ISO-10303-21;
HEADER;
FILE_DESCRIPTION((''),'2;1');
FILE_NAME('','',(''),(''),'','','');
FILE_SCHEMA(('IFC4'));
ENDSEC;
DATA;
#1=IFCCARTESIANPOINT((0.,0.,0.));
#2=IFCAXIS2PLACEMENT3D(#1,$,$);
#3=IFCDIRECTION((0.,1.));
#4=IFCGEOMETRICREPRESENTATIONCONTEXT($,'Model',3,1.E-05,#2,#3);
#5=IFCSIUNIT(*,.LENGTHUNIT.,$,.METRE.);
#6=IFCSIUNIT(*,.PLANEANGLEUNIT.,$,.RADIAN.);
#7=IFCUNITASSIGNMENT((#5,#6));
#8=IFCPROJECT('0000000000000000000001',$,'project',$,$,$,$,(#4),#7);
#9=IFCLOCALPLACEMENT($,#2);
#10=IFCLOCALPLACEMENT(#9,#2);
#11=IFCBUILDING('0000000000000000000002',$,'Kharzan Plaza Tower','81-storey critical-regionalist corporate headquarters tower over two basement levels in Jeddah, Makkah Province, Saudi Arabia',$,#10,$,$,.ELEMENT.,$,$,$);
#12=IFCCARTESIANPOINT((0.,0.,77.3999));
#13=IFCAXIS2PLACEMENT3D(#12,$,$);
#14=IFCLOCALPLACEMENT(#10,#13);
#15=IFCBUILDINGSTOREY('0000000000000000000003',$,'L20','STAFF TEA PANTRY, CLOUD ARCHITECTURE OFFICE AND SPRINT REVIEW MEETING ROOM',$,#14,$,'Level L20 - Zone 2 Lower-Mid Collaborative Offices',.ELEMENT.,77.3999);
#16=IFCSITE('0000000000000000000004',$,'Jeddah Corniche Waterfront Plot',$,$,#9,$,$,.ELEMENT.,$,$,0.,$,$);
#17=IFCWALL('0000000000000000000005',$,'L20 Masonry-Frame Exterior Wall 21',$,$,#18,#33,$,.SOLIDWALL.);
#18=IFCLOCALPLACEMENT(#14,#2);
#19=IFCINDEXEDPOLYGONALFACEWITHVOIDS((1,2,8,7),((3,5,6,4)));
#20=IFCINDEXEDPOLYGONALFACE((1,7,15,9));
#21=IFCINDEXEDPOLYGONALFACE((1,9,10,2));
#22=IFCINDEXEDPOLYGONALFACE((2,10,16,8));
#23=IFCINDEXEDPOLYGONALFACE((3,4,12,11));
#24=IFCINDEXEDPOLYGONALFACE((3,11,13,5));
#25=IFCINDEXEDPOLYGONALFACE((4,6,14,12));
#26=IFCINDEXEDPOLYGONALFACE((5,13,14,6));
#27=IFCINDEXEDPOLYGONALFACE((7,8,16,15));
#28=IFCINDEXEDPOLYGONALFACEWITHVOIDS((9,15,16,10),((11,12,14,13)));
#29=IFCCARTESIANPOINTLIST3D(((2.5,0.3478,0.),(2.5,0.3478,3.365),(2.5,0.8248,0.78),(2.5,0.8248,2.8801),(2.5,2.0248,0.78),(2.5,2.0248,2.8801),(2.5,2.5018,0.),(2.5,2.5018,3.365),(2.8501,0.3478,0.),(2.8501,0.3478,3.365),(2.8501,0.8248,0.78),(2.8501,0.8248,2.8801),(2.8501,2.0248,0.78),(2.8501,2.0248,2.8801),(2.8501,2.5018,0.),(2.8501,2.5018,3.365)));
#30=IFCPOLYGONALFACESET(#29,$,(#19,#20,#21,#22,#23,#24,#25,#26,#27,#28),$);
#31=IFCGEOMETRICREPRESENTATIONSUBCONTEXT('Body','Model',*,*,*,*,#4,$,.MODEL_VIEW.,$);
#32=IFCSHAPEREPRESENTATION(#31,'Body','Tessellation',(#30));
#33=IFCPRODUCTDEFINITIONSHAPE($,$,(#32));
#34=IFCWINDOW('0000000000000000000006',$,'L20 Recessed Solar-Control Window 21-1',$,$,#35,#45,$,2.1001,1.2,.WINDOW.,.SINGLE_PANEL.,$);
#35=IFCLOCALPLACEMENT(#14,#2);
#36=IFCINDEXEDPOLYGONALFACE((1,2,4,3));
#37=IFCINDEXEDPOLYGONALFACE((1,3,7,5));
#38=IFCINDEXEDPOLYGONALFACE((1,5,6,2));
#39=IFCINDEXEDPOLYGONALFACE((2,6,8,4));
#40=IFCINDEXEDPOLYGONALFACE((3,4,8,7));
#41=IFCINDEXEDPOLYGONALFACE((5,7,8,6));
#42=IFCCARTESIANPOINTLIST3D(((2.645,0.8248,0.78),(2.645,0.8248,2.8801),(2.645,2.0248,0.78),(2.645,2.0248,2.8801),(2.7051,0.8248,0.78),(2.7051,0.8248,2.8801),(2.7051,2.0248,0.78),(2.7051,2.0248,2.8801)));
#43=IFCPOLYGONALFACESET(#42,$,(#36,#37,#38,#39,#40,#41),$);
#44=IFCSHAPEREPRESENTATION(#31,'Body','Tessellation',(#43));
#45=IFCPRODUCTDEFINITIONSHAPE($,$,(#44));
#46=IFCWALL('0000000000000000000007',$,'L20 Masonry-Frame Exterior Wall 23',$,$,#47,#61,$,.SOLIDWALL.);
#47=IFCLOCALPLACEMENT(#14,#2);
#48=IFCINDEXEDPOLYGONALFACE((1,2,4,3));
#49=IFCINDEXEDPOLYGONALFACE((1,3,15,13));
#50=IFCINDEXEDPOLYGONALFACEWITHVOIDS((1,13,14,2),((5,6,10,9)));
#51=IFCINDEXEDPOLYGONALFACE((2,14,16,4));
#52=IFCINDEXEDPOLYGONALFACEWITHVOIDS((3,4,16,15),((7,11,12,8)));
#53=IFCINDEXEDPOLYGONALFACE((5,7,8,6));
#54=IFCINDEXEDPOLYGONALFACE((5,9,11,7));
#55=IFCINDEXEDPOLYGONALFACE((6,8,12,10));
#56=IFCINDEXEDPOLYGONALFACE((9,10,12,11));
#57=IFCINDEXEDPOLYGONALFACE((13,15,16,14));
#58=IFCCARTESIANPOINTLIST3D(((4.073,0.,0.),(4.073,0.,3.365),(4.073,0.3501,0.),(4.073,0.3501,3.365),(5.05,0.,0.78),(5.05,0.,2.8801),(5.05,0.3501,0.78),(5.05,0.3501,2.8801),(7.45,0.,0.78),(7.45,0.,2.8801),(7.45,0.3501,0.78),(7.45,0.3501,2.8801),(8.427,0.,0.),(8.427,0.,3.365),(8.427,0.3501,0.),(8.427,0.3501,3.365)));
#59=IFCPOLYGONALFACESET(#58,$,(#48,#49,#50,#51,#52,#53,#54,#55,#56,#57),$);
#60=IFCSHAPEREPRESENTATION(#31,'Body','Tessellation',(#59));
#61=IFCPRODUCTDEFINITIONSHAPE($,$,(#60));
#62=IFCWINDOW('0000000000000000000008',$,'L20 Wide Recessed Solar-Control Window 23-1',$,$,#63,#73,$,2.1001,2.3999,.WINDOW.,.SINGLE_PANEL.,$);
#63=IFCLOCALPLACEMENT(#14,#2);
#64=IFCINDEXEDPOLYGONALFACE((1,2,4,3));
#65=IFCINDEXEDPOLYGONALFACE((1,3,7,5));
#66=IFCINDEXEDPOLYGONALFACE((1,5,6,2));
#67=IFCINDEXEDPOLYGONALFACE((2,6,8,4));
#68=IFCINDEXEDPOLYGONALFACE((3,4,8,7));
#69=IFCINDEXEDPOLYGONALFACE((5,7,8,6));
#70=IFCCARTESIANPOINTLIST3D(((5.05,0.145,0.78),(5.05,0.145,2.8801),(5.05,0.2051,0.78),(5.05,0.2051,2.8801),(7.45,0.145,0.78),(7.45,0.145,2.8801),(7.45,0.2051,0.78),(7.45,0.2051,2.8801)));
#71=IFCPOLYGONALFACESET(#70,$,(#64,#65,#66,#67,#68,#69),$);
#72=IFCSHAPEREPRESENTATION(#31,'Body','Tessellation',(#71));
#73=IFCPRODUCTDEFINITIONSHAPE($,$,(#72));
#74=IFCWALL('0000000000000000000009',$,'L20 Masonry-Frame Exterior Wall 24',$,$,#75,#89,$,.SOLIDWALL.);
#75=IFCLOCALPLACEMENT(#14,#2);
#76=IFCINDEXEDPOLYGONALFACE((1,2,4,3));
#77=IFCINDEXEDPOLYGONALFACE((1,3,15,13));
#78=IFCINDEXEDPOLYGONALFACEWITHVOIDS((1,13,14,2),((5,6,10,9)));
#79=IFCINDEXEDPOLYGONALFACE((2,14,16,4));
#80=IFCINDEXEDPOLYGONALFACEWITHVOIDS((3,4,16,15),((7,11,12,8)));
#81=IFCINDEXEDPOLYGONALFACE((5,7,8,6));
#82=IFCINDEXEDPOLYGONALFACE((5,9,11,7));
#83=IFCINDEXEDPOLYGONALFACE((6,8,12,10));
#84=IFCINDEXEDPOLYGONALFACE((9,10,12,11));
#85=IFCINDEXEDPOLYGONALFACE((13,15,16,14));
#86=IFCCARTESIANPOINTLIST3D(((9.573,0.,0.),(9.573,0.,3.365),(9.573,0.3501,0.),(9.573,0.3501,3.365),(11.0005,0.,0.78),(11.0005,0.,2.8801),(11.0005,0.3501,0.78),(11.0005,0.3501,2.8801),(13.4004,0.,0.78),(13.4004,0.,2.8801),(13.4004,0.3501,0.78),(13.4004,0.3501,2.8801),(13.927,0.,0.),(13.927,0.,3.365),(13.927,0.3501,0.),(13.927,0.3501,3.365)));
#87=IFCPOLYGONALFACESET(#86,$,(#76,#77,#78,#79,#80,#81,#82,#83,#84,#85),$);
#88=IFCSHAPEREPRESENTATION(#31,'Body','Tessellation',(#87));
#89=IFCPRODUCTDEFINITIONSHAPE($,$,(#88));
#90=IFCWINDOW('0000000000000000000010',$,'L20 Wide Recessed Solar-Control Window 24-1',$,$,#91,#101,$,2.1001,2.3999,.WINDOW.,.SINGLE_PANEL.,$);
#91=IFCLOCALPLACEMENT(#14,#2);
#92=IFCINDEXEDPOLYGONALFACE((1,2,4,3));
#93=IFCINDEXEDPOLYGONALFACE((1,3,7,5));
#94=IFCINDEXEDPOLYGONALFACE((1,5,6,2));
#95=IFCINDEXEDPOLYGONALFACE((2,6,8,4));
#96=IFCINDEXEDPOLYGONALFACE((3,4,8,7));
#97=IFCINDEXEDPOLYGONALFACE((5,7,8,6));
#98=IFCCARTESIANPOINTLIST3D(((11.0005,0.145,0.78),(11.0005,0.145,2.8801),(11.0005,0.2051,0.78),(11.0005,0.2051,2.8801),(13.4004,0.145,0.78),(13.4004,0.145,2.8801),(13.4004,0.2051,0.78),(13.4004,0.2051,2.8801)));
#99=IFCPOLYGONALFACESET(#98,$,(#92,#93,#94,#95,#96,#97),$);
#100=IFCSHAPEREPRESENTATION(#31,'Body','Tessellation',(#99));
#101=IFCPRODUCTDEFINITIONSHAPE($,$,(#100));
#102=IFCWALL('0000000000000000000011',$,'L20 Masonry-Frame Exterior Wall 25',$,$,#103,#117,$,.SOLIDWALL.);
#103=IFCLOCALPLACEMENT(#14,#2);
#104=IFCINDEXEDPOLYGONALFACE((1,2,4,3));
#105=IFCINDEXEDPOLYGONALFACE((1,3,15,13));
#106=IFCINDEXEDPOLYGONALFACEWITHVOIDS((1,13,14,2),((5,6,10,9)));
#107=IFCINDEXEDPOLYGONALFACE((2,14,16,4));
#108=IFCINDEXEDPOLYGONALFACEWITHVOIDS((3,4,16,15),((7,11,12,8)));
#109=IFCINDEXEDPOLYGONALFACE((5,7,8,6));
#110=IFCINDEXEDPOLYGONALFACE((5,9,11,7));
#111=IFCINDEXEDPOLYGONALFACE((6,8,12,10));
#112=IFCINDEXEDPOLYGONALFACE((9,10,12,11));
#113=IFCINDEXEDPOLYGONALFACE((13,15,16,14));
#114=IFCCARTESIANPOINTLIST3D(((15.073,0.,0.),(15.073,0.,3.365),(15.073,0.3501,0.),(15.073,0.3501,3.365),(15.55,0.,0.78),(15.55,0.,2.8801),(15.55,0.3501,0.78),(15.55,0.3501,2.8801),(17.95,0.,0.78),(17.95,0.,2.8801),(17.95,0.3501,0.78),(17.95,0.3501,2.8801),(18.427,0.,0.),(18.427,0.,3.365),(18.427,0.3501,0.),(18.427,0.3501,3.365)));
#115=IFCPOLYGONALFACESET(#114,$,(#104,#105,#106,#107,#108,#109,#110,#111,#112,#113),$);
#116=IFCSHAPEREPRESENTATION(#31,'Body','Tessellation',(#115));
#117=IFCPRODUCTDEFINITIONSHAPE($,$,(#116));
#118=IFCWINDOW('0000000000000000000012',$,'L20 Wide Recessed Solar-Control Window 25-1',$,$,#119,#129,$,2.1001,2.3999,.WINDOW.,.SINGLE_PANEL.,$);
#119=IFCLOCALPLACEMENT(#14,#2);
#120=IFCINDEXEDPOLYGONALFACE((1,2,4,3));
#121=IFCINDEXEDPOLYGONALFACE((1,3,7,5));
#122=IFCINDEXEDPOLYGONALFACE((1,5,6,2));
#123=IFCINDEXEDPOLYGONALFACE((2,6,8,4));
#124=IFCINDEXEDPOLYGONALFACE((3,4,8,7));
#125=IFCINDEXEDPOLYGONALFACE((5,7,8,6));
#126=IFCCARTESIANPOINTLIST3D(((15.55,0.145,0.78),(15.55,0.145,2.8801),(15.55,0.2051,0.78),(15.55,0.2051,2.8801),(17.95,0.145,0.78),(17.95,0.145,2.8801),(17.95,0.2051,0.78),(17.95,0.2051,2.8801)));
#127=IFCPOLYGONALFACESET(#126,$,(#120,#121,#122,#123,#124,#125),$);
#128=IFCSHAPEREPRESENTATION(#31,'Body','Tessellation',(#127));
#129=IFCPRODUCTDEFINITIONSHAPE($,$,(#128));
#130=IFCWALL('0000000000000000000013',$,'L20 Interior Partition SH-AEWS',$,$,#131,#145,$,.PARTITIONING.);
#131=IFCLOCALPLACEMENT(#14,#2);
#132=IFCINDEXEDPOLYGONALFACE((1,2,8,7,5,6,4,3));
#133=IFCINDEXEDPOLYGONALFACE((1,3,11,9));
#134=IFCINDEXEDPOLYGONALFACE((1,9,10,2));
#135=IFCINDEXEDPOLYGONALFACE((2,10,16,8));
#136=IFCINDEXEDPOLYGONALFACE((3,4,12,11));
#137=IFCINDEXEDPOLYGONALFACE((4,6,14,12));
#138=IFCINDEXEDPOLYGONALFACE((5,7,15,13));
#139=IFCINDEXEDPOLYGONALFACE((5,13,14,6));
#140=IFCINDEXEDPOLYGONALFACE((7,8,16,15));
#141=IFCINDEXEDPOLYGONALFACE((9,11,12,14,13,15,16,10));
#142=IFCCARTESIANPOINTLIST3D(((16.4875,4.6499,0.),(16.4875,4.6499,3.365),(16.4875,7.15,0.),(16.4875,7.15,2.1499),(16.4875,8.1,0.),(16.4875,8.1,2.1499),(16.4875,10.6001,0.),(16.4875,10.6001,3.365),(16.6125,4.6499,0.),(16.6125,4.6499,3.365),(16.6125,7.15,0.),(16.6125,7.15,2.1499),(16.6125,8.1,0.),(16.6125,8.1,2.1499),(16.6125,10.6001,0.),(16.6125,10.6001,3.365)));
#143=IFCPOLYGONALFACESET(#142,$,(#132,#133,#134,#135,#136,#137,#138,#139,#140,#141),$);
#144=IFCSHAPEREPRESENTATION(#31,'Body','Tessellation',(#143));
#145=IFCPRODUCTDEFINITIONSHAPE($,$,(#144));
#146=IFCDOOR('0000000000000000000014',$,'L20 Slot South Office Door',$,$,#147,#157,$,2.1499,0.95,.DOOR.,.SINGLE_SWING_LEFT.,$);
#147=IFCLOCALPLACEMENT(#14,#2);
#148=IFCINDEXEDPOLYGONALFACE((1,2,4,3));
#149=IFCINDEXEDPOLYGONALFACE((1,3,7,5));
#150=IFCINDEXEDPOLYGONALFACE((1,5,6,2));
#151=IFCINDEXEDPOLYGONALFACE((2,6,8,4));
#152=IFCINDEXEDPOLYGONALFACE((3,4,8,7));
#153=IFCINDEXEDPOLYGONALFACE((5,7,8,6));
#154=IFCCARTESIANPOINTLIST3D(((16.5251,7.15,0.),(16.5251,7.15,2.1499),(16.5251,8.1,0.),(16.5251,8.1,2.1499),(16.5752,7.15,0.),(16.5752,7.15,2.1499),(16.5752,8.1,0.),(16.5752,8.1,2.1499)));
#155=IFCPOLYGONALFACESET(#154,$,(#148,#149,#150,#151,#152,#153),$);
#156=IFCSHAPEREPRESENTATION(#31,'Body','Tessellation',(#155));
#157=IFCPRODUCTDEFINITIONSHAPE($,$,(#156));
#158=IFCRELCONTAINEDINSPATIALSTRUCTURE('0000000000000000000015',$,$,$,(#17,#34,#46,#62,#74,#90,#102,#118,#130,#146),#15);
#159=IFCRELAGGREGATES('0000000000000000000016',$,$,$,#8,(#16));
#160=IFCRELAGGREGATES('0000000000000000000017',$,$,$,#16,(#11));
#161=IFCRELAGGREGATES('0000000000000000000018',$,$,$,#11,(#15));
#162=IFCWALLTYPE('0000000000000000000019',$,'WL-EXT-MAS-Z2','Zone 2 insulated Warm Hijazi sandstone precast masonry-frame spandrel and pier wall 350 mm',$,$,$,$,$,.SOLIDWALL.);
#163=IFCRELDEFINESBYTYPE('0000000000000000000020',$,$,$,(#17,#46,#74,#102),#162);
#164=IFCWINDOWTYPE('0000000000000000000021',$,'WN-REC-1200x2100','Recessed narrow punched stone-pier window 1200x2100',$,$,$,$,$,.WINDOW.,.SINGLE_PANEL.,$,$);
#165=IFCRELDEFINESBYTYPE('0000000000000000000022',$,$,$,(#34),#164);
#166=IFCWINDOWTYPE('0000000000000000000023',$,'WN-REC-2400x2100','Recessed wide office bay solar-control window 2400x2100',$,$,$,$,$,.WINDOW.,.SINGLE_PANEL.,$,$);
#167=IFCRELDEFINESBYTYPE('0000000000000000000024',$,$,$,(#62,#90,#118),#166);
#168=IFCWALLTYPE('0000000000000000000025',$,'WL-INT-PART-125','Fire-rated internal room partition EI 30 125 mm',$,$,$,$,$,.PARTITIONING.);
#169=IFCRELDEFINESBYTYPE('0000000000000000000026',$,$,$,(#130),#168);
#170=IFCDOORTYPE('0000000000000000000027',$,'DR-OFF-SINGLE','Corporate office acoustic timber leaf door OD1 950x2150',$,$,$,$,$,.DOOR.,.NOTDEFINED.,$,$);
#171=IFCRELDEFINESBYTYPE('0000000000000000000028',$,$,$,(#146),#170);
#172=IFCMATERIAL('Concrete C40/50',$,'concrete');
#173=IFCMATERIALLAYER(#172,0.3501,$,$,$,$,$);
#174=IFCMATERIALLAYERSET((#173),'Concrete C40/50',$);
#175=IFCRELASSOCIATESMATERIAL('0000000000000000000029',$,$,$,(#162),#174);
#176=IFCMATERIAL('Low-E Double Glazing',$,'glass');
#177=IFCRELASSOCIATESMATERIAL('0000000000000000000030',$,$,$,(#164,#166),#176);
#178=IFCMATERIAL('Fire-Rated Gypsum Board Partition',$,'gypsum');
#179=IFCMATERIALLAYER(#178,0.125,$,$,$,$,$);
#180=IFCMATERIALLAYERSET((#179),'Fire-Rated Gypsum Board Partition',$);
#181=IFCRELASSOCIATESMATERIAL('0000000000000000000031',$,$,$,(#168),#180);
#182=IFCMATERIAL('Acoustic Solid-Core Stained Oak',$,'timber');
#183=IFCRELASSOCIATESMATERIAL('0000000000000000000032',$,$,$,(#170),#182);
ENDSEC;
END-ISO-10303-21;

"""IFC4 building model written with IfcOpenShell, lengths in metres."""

from ifc_helpers import new_model, si_unit, direction, frame, frame_2d, origin, place, context, subcontext, project, spatial, rectangle, extrude, source, transform, mapped, material, layer, layer_set, type_object, element, fill, save


model = new_model("IFC4")

# Units and contexts
model_context = context("Model", 3, precision=1e-05, world=origin(), true_north=direction((0.0, 1.0)))
body_context = subcontext(model_context, "Body", "Model", "MODEL_VIEW")
ifc_project = project(units=[si_unit("LENGTHUNIT", "METRE"), si_unit("PLANEANGLEUNIT", "RADIAN")], contexts=[model_context])

# Site, building, storey
site_placement = place(None, origin())
site = spatial("IfcSite", under=ifc_project, at=site_placement, Name="Jeddah Corniche Waterfront Plot", CompositionType="ELEMENT", RefElevation=0.0)
building_placement = place(site_placement, origin())
building = spatial("IfcBuilding", under=site, at=building_placement, Name="Kharzan Plaza Tower", Description="81-storey critical-regionalist corporate headquarters tower over two basement levels in Jeddah, Makkah Province, Saudi Arabia", CompositionType="ELEMENT")
storey_placement = place(building_placement, frame((0.0, 0.0, 77.3999)))
storey = spatial("IfcBuildingStorey", under=building, at=storey_placement, Name="L20", Description="STAFF TEA PANTRY, CLOUD ARCHITECTURE OFFICE AND SPRINT REVIEW MEETING ROOM", LongName="Level L20 - Zone 2 Lower-Mid Collaborative Offices", CompositionType="ELEMENT", Elevation=77.3999)

# Walls, openings, windows
ifc_material_1 = material(Name="Concrete C40/50", Category="concrete")
ifc_layer_1 = layer(ifc_material_1, 0.3501)
ifc_layer_set_1 = layer_set([ifc_layer_1], Name="Concrete C40/50")
wall_type_1 = type_object("IfcWallType", Name="WL-EXT-MAS-Z2", Description="Zone 2 insulated Warm Hijazi sandstone precast masonry-frame spandrel and pier wall 350 mm", PredefinedType="SOLIDWALL", material=ifc_layer_set_1)
wall_1_placement = place(storey_placement, frame((2.675, 2.502, 0.0), z_axis=(0.0, 0.0, 1.0), x_axis=(0.0, -1.0, 0.0)))
wall_1 = element("IfcWall", 1, at=wall_1_placement, inside=storey, type_object=wall_type_1, Name="L20 Masonry-Frame Exterior Wall 21", PredefinedType="SOLIDWALL", context=body_context, shape_type="SweptSolid", body=[
    extrude(rectangle(XDim=2.1541, YDim=0.3501, at=frame_2d((1.0771, 0.0))), origin(), (0.0, 0.0, 1.0), 3.365),
])
opening_1_placement = place(wall_1_placement, frame((0.4771, 0.0, 0.78)))
opening_1 = element("IfcOpeningElement", 2, at=opening_1_placement, cuts=wall_1, PredefinedType="OPENING", context=body_context, shape_type="SweptSolid", body=[
    extrude(rectangle(XDim=1.2, YDim=2.1001, at=frame_2d((0.6001, 1.05))), frame((0.0, 0.1851, 0.0), z_axis=(0.0, -1.0, 0.0), x_axis=(1.0, 0.0, 0.0)), (0.0, 0.0, 1.0), 0.3701),
])
ifc_material_2 = material(Name="Low-E Double Glazing", Category="glass")
window_type_1 = type_object("IfcWindowType", Name="WN-REC-1200x2100", Description="Recessed narrow punched stone-pier window 1200x2100", PartitioningType="SINGLE_PANEL", PredefinedType="WINDOW", material=ifc_material_2)
shared_shape_1 = source(origin(), body_context, "Body", "SweptSolid", [
    extrude(rectangle(XDim=1.2, YDim=2.1001, at=frame_2d((0.6001, 1.05))), frame((0.0, 0.03, 0.0), z_axis=(0.0, -1.0, 0.0), x_axis=(1.0, 0.0, 0.0)), (0.0, 0.0, 1.0), 0.0601),
])
window_1_placement = place(opening_1_placement, origin())
window_1 = element("IfcWindow", 3, at=window_1_placement, inside=storey, type_object=window_type_1, Name="L20 Recessed Solar-Control Window 21-1", OverallHeight=2.1001, OverallWidth=1.2, PartitioningType="SINGLE_PANEL", PredefinedType="WINDOW", context=body_context, shape_type="MappedRepresentation", body=[
    mapped(shared_shape_1, transform((0.0, 0.0, 0.0), x_axis=(1.0, 0.0, 0.0), y_axis=(0.0, 1.0, 0.0), z_axis=(0.0, 0.0, 1.0))),
])
fill(opening_1, window_1)
wall_2_placement = place(storey_placement, frame((4.073, 0.175, 0.0), z_axis=(0.0, 0.0, 1.0), x_axis=(1.0, 0.0, 0.0)))
wall_2 = element("IfcWall", 4, at=wall_2_placement, inside=storey, type_object=wall_type_1, Name="L20 Masonry-Frame Exterior Wall 23", PredefinedType="SOLIDWALL", context=body_context, shape_type="SweptSolid", body=[
    extrude(rectangle(XDim=4.354, YDim=0.3501, at=frame_2d((2.177, 0.0))), origin(), (0.0, 0.0, 1.0), 3.365),
])
opening_2_placement = place(wall_2_placement, frame((0.9771, 0.0, 0.78)))
opening_2 = element("IfcOpeningElement", 5, at=opening_2_placement, cuts=wall_2, PredefinedType="OPENING", context=body_context, shape_type="SweptSolid", body=[
    extrude(rectangle(XDim=2.3999, YDim=2.1001, at=frame_2d((1.2, 1.05))), frame((0.0, 0.1851, 0.0), z_axis=(0.0, -1.0, 0.0), x_axis=(1.0, 0.0, 0.0)), (0.0, 0.0, 1.0), 0.3701),
])
window_type_2 = type_object("IfcWindowType", Name="WN-REC-2400x2100", Description="Recessed wide office bay solar-control window 2400x2100", PartitioningType="SINGLE_PANEL", PredefinedType="WINDOW", material=ifc_material_2)
shared_shape_2 = source(origin(), body_context, "Body", "SweptSolid", [
    extrude(rectangle(XDim=2.3999, YDim=2.1001, at=frame_2d((1.2, 1.05))), frame((0.0, 0.03, 0.0), z_axis=(0.0, -1.0, 0.0), x_axis=(1.0, 0.0, 0.0)), (0.0, 0.0, 1.0), 0.0601),
])
window_2_placement = place(opening_2_placement, origin())
window_2 = element("IfcWindow", 6, at=window_2_placement, inside=storey, type_object=window_type_2, Name="L20 Wide Recessed Solar-Control Window 23-1", OverallHeight=2.1001, OverallWidth=2.3999, PartitioningType="SINGLE_PANEL", PredefinedType="WINDOW", context=body_context, shape_type="MappedRepresentation", body=[
    mapped(shared_shape_2, transform((0.0, 0.0, 0.0), x_axis=(1.0, 0.0, 0.0), y_axis=(0.0, 1.0, 0.0), z_axis=(0.0, 0.0, 1.0))),
])
fill(opening_2, window_2)
wall_3_placement = place(storey_placement, frame((9.573, 0.175, 0.0), z_axis=(0.0, 0.0, 1.0), x_axis=(1.0, 0.0, 0.0)))
wall_3 = element("IfcWall", 7, at=wall_3_placement, inside=storey, type_object=wall_type_1, Name="L20 Masonry-Frame Exterior Wall 24", PredefinedType="SOLIDWALL", context=body_context, shape_type="SweptSolid", body=[
    extrude(rectangle(XDim=4.354, YDim=0.3501, at=frame_2d((2.177, 0.0))), origin(), (0.0, 0.0, 1.0), 3.365),
])
opening_3_placement = place(wall_3_placement, frame((1.4275, 0.0, 0.78)))
opening_3 = element("IfcOpeningElement", 8, at=opening_3_placement, cuts=wall_3, PredefinedType="OPENING", context=body_context, shape_type="SweptSolid", body=[
    extrude(rectangle(XDim=2.3999, YDim=2.1001, at=frame_2d((1.2, 1.05))), frame((0.0, 0.1851, 0.0), z_axis=(0.0, -1.0, 0.0), x_axis=(1.0, 0.0, 0.0)), (0.0, 0.0, 1.0), 0.3701),
])
window_3_placement = place(opening_3_placement, origin())
window_3 = element("IfcWindow", 9, at=window_3_placement, inside=storey, type_object=window_type_2, Name="L20 Wide Recessed Solar-Control Window 24-1", OverallHeight=2.1001, OverallWidth=2.3999, PartitioningType="SINGLE_PANEL", PredefinedType="WINDOW", context=body_context, shape_type="MappedRepresentation", body=[
    mapped(shared_shape_2, transform((0.0, 0.0, 0.0), x_axis=(1.0, 0.0, 0.0), y_axis=(0.0, 1.0, 0.0), z_axis=(0.0, 0.0, 1.0))),
])
fill(opening_3, window_3)
wall_4_placement = place(storey_placement, frame((15.073, 0.175, 0.0), z_axis=(0.0, 0.0, 1.0), x_axis=(1.0, 0.0, 0.0)))
wall_4 = element("IfcWall", 10, at=wall_4_placement, inside=storey, type_object=wall_type_1, Name="L20 Masonry-Frame Exterior Wall 25", PredefinedType="SOLIDWALL", context=body_context, shape_type="SweptSolid", body=[
    extrude(rectangle(XDim=3.354, YDim=0.3501, at=frame_2d((1.677, 0.0))), origin(), (0.0, 0.0, 1.0), 3.365),
])
opening_4_placement = place(wall_4_placement, frame((0.4771, 0.0, 0.78)))
opening_4 = element("IfcOpeningElement", 11, at=opening_4_placement, cuts=wall_4, PredefinedType="OPENING", context=body_context, shape_type="SweptSolid", body=[
    extrude(rectangle(XDim=2.3999, YDim=2.1001, at=frame_2d((1.2, 1.05))), frame((0.0, 0.1851, 0.0), z_axis=(0.0, -1.0, 0.0), x_axis=(1.0, 0.0, 0.0)), (0.0, 0.0, 1.0), 0.3701),
])
window_4_placement = place(opening_4_placement, origin())
window_4 = element("IfcWindow", 12, at=window_4_placement, inside=storey, type_object=window_type_2, Name="L20 Wide Recessed Solar-Control Window 25-1", OverallHeight=2.1001, OverallWidth=2.3999, PartitioningType="SINGLE_PANEL", PredefinedType="WINDOW", context=body_context, shape_type="MappedRepresentation", body=[
    mapped(shared_shape_2, transform((0.0, 0.0, 0.0), x_axis=(1.0, 0.0, 0.0), y_axis=(0.0, 1.0, 0.0), z_axis=(0.0, 0.0, 1.0))),
])
fill(opening_4, window_4)

# Wall, opening, door
ifc_material_3 = material(Name="Fire-Rated Gypsum Board Partition", Category="gypsum")
ifc_layer_2 = layer(ifc_material_3, 0.125)
ifc_layer_set_2 = layer_set([ifc_layer_2], Name="Fire-Rated Gypsum Board Partition")
wall_type_2 = type_object("IfcWallType", Name="WL-INT-PART-125", Description="Fire-rated internal room partition EI 30 125 mm", PredefinedType="PARTITIONING", material=ifc_layer_set_2)
wall_5_placement = place(storey_placement, frame((16.55, 4.6499, 0.0), z_axis=(0.0, 0.0, 1.0), x_axis=(0.0, 1.0, 0.0)))
wall_5 = element("IfcWall", 13, at=wall_5_placement, inside=storey, type_object=wall_type_2, Name="L20 Interior Partition SH-AEWS", PredefinedType="PARTITIONING", context=body_context, shape_type="SweptSolid", body=[
    extrude(rectangle(XDim=5.9502, YDim=0.125, at=frame_2d((2.9751, 0.0))), origin(), (0.0, 0.0, 1.0), 3.365),
])
opening_5_placement = place(wall_5_placement, frame((2.5, 0.0, 0.0)))
opening_5 = element("IfcOpeningElement", 14, at=opening_5_placement, cuts=wall_5, PredefinedType="OPENING", context=body_context, shape_type="SweptSolid", body=[
    extrude(rectangle(XDim=0.95, YDim=2.1499, at=frame_2d((0.4751, 1.075))), frame((0.0, 0.0725, 0.0), z_axis=(0.0, -1.0, 0.0), x_axis=(1.0, 0.0, 0.0)), (0.0, 0.0, 1.0), 0.145),
])
ifc_material_4 = material(Name="Acoustic Solid-Core Stained Oak", Category="timber")
door_type = type_object("IfcDoorType", Name="DR-OFF-SINGLE", Description="Corporate office acoustic timber leaf door OD1 950x2150", OperationType="NOTDEFINED", PredefinedType="DOOR", material=ifc_material_4)
shared_shape_3 = source(origin(), body_context, "Body", "SweptSolid", [
    extrude(rectangle(XDim=0.95, YDim=2.1499, at=frame_2d((0.4751, 1.075))), frame((0.0, 0.0249, 0.0), z_axis=(0.0, -1.0, 0.0), x_axis=(1.0, 0.0, 0.0)), (0.0, 0.0, 1.0), 0.05),
])
door_1_placement = place(opening_5_placement, origin())
door_1 = element("IfcDoor", 15, at=door_1_placement, inside=storey, type_object=door_type, Name="L20 Slot South Office Door", OperationType="SINGLE_SWING_LEFT", OverallHeight=2.1499, OverallWidth=0.95, PredefinedType="DOOR", context=body_context, shape_type="MappedRepresentation", body=[
    mapped(shared_shape_3, transform((0.0, 0.0, 0.0), x_axis=(1.0, 0.0, 0.0), y_axis=(0.0, 1.0, 0.0), z_axis=(0.0, 0.0, 1.0))),
])
fill(opening_5, door_1)

save(model, "model.ifc")
